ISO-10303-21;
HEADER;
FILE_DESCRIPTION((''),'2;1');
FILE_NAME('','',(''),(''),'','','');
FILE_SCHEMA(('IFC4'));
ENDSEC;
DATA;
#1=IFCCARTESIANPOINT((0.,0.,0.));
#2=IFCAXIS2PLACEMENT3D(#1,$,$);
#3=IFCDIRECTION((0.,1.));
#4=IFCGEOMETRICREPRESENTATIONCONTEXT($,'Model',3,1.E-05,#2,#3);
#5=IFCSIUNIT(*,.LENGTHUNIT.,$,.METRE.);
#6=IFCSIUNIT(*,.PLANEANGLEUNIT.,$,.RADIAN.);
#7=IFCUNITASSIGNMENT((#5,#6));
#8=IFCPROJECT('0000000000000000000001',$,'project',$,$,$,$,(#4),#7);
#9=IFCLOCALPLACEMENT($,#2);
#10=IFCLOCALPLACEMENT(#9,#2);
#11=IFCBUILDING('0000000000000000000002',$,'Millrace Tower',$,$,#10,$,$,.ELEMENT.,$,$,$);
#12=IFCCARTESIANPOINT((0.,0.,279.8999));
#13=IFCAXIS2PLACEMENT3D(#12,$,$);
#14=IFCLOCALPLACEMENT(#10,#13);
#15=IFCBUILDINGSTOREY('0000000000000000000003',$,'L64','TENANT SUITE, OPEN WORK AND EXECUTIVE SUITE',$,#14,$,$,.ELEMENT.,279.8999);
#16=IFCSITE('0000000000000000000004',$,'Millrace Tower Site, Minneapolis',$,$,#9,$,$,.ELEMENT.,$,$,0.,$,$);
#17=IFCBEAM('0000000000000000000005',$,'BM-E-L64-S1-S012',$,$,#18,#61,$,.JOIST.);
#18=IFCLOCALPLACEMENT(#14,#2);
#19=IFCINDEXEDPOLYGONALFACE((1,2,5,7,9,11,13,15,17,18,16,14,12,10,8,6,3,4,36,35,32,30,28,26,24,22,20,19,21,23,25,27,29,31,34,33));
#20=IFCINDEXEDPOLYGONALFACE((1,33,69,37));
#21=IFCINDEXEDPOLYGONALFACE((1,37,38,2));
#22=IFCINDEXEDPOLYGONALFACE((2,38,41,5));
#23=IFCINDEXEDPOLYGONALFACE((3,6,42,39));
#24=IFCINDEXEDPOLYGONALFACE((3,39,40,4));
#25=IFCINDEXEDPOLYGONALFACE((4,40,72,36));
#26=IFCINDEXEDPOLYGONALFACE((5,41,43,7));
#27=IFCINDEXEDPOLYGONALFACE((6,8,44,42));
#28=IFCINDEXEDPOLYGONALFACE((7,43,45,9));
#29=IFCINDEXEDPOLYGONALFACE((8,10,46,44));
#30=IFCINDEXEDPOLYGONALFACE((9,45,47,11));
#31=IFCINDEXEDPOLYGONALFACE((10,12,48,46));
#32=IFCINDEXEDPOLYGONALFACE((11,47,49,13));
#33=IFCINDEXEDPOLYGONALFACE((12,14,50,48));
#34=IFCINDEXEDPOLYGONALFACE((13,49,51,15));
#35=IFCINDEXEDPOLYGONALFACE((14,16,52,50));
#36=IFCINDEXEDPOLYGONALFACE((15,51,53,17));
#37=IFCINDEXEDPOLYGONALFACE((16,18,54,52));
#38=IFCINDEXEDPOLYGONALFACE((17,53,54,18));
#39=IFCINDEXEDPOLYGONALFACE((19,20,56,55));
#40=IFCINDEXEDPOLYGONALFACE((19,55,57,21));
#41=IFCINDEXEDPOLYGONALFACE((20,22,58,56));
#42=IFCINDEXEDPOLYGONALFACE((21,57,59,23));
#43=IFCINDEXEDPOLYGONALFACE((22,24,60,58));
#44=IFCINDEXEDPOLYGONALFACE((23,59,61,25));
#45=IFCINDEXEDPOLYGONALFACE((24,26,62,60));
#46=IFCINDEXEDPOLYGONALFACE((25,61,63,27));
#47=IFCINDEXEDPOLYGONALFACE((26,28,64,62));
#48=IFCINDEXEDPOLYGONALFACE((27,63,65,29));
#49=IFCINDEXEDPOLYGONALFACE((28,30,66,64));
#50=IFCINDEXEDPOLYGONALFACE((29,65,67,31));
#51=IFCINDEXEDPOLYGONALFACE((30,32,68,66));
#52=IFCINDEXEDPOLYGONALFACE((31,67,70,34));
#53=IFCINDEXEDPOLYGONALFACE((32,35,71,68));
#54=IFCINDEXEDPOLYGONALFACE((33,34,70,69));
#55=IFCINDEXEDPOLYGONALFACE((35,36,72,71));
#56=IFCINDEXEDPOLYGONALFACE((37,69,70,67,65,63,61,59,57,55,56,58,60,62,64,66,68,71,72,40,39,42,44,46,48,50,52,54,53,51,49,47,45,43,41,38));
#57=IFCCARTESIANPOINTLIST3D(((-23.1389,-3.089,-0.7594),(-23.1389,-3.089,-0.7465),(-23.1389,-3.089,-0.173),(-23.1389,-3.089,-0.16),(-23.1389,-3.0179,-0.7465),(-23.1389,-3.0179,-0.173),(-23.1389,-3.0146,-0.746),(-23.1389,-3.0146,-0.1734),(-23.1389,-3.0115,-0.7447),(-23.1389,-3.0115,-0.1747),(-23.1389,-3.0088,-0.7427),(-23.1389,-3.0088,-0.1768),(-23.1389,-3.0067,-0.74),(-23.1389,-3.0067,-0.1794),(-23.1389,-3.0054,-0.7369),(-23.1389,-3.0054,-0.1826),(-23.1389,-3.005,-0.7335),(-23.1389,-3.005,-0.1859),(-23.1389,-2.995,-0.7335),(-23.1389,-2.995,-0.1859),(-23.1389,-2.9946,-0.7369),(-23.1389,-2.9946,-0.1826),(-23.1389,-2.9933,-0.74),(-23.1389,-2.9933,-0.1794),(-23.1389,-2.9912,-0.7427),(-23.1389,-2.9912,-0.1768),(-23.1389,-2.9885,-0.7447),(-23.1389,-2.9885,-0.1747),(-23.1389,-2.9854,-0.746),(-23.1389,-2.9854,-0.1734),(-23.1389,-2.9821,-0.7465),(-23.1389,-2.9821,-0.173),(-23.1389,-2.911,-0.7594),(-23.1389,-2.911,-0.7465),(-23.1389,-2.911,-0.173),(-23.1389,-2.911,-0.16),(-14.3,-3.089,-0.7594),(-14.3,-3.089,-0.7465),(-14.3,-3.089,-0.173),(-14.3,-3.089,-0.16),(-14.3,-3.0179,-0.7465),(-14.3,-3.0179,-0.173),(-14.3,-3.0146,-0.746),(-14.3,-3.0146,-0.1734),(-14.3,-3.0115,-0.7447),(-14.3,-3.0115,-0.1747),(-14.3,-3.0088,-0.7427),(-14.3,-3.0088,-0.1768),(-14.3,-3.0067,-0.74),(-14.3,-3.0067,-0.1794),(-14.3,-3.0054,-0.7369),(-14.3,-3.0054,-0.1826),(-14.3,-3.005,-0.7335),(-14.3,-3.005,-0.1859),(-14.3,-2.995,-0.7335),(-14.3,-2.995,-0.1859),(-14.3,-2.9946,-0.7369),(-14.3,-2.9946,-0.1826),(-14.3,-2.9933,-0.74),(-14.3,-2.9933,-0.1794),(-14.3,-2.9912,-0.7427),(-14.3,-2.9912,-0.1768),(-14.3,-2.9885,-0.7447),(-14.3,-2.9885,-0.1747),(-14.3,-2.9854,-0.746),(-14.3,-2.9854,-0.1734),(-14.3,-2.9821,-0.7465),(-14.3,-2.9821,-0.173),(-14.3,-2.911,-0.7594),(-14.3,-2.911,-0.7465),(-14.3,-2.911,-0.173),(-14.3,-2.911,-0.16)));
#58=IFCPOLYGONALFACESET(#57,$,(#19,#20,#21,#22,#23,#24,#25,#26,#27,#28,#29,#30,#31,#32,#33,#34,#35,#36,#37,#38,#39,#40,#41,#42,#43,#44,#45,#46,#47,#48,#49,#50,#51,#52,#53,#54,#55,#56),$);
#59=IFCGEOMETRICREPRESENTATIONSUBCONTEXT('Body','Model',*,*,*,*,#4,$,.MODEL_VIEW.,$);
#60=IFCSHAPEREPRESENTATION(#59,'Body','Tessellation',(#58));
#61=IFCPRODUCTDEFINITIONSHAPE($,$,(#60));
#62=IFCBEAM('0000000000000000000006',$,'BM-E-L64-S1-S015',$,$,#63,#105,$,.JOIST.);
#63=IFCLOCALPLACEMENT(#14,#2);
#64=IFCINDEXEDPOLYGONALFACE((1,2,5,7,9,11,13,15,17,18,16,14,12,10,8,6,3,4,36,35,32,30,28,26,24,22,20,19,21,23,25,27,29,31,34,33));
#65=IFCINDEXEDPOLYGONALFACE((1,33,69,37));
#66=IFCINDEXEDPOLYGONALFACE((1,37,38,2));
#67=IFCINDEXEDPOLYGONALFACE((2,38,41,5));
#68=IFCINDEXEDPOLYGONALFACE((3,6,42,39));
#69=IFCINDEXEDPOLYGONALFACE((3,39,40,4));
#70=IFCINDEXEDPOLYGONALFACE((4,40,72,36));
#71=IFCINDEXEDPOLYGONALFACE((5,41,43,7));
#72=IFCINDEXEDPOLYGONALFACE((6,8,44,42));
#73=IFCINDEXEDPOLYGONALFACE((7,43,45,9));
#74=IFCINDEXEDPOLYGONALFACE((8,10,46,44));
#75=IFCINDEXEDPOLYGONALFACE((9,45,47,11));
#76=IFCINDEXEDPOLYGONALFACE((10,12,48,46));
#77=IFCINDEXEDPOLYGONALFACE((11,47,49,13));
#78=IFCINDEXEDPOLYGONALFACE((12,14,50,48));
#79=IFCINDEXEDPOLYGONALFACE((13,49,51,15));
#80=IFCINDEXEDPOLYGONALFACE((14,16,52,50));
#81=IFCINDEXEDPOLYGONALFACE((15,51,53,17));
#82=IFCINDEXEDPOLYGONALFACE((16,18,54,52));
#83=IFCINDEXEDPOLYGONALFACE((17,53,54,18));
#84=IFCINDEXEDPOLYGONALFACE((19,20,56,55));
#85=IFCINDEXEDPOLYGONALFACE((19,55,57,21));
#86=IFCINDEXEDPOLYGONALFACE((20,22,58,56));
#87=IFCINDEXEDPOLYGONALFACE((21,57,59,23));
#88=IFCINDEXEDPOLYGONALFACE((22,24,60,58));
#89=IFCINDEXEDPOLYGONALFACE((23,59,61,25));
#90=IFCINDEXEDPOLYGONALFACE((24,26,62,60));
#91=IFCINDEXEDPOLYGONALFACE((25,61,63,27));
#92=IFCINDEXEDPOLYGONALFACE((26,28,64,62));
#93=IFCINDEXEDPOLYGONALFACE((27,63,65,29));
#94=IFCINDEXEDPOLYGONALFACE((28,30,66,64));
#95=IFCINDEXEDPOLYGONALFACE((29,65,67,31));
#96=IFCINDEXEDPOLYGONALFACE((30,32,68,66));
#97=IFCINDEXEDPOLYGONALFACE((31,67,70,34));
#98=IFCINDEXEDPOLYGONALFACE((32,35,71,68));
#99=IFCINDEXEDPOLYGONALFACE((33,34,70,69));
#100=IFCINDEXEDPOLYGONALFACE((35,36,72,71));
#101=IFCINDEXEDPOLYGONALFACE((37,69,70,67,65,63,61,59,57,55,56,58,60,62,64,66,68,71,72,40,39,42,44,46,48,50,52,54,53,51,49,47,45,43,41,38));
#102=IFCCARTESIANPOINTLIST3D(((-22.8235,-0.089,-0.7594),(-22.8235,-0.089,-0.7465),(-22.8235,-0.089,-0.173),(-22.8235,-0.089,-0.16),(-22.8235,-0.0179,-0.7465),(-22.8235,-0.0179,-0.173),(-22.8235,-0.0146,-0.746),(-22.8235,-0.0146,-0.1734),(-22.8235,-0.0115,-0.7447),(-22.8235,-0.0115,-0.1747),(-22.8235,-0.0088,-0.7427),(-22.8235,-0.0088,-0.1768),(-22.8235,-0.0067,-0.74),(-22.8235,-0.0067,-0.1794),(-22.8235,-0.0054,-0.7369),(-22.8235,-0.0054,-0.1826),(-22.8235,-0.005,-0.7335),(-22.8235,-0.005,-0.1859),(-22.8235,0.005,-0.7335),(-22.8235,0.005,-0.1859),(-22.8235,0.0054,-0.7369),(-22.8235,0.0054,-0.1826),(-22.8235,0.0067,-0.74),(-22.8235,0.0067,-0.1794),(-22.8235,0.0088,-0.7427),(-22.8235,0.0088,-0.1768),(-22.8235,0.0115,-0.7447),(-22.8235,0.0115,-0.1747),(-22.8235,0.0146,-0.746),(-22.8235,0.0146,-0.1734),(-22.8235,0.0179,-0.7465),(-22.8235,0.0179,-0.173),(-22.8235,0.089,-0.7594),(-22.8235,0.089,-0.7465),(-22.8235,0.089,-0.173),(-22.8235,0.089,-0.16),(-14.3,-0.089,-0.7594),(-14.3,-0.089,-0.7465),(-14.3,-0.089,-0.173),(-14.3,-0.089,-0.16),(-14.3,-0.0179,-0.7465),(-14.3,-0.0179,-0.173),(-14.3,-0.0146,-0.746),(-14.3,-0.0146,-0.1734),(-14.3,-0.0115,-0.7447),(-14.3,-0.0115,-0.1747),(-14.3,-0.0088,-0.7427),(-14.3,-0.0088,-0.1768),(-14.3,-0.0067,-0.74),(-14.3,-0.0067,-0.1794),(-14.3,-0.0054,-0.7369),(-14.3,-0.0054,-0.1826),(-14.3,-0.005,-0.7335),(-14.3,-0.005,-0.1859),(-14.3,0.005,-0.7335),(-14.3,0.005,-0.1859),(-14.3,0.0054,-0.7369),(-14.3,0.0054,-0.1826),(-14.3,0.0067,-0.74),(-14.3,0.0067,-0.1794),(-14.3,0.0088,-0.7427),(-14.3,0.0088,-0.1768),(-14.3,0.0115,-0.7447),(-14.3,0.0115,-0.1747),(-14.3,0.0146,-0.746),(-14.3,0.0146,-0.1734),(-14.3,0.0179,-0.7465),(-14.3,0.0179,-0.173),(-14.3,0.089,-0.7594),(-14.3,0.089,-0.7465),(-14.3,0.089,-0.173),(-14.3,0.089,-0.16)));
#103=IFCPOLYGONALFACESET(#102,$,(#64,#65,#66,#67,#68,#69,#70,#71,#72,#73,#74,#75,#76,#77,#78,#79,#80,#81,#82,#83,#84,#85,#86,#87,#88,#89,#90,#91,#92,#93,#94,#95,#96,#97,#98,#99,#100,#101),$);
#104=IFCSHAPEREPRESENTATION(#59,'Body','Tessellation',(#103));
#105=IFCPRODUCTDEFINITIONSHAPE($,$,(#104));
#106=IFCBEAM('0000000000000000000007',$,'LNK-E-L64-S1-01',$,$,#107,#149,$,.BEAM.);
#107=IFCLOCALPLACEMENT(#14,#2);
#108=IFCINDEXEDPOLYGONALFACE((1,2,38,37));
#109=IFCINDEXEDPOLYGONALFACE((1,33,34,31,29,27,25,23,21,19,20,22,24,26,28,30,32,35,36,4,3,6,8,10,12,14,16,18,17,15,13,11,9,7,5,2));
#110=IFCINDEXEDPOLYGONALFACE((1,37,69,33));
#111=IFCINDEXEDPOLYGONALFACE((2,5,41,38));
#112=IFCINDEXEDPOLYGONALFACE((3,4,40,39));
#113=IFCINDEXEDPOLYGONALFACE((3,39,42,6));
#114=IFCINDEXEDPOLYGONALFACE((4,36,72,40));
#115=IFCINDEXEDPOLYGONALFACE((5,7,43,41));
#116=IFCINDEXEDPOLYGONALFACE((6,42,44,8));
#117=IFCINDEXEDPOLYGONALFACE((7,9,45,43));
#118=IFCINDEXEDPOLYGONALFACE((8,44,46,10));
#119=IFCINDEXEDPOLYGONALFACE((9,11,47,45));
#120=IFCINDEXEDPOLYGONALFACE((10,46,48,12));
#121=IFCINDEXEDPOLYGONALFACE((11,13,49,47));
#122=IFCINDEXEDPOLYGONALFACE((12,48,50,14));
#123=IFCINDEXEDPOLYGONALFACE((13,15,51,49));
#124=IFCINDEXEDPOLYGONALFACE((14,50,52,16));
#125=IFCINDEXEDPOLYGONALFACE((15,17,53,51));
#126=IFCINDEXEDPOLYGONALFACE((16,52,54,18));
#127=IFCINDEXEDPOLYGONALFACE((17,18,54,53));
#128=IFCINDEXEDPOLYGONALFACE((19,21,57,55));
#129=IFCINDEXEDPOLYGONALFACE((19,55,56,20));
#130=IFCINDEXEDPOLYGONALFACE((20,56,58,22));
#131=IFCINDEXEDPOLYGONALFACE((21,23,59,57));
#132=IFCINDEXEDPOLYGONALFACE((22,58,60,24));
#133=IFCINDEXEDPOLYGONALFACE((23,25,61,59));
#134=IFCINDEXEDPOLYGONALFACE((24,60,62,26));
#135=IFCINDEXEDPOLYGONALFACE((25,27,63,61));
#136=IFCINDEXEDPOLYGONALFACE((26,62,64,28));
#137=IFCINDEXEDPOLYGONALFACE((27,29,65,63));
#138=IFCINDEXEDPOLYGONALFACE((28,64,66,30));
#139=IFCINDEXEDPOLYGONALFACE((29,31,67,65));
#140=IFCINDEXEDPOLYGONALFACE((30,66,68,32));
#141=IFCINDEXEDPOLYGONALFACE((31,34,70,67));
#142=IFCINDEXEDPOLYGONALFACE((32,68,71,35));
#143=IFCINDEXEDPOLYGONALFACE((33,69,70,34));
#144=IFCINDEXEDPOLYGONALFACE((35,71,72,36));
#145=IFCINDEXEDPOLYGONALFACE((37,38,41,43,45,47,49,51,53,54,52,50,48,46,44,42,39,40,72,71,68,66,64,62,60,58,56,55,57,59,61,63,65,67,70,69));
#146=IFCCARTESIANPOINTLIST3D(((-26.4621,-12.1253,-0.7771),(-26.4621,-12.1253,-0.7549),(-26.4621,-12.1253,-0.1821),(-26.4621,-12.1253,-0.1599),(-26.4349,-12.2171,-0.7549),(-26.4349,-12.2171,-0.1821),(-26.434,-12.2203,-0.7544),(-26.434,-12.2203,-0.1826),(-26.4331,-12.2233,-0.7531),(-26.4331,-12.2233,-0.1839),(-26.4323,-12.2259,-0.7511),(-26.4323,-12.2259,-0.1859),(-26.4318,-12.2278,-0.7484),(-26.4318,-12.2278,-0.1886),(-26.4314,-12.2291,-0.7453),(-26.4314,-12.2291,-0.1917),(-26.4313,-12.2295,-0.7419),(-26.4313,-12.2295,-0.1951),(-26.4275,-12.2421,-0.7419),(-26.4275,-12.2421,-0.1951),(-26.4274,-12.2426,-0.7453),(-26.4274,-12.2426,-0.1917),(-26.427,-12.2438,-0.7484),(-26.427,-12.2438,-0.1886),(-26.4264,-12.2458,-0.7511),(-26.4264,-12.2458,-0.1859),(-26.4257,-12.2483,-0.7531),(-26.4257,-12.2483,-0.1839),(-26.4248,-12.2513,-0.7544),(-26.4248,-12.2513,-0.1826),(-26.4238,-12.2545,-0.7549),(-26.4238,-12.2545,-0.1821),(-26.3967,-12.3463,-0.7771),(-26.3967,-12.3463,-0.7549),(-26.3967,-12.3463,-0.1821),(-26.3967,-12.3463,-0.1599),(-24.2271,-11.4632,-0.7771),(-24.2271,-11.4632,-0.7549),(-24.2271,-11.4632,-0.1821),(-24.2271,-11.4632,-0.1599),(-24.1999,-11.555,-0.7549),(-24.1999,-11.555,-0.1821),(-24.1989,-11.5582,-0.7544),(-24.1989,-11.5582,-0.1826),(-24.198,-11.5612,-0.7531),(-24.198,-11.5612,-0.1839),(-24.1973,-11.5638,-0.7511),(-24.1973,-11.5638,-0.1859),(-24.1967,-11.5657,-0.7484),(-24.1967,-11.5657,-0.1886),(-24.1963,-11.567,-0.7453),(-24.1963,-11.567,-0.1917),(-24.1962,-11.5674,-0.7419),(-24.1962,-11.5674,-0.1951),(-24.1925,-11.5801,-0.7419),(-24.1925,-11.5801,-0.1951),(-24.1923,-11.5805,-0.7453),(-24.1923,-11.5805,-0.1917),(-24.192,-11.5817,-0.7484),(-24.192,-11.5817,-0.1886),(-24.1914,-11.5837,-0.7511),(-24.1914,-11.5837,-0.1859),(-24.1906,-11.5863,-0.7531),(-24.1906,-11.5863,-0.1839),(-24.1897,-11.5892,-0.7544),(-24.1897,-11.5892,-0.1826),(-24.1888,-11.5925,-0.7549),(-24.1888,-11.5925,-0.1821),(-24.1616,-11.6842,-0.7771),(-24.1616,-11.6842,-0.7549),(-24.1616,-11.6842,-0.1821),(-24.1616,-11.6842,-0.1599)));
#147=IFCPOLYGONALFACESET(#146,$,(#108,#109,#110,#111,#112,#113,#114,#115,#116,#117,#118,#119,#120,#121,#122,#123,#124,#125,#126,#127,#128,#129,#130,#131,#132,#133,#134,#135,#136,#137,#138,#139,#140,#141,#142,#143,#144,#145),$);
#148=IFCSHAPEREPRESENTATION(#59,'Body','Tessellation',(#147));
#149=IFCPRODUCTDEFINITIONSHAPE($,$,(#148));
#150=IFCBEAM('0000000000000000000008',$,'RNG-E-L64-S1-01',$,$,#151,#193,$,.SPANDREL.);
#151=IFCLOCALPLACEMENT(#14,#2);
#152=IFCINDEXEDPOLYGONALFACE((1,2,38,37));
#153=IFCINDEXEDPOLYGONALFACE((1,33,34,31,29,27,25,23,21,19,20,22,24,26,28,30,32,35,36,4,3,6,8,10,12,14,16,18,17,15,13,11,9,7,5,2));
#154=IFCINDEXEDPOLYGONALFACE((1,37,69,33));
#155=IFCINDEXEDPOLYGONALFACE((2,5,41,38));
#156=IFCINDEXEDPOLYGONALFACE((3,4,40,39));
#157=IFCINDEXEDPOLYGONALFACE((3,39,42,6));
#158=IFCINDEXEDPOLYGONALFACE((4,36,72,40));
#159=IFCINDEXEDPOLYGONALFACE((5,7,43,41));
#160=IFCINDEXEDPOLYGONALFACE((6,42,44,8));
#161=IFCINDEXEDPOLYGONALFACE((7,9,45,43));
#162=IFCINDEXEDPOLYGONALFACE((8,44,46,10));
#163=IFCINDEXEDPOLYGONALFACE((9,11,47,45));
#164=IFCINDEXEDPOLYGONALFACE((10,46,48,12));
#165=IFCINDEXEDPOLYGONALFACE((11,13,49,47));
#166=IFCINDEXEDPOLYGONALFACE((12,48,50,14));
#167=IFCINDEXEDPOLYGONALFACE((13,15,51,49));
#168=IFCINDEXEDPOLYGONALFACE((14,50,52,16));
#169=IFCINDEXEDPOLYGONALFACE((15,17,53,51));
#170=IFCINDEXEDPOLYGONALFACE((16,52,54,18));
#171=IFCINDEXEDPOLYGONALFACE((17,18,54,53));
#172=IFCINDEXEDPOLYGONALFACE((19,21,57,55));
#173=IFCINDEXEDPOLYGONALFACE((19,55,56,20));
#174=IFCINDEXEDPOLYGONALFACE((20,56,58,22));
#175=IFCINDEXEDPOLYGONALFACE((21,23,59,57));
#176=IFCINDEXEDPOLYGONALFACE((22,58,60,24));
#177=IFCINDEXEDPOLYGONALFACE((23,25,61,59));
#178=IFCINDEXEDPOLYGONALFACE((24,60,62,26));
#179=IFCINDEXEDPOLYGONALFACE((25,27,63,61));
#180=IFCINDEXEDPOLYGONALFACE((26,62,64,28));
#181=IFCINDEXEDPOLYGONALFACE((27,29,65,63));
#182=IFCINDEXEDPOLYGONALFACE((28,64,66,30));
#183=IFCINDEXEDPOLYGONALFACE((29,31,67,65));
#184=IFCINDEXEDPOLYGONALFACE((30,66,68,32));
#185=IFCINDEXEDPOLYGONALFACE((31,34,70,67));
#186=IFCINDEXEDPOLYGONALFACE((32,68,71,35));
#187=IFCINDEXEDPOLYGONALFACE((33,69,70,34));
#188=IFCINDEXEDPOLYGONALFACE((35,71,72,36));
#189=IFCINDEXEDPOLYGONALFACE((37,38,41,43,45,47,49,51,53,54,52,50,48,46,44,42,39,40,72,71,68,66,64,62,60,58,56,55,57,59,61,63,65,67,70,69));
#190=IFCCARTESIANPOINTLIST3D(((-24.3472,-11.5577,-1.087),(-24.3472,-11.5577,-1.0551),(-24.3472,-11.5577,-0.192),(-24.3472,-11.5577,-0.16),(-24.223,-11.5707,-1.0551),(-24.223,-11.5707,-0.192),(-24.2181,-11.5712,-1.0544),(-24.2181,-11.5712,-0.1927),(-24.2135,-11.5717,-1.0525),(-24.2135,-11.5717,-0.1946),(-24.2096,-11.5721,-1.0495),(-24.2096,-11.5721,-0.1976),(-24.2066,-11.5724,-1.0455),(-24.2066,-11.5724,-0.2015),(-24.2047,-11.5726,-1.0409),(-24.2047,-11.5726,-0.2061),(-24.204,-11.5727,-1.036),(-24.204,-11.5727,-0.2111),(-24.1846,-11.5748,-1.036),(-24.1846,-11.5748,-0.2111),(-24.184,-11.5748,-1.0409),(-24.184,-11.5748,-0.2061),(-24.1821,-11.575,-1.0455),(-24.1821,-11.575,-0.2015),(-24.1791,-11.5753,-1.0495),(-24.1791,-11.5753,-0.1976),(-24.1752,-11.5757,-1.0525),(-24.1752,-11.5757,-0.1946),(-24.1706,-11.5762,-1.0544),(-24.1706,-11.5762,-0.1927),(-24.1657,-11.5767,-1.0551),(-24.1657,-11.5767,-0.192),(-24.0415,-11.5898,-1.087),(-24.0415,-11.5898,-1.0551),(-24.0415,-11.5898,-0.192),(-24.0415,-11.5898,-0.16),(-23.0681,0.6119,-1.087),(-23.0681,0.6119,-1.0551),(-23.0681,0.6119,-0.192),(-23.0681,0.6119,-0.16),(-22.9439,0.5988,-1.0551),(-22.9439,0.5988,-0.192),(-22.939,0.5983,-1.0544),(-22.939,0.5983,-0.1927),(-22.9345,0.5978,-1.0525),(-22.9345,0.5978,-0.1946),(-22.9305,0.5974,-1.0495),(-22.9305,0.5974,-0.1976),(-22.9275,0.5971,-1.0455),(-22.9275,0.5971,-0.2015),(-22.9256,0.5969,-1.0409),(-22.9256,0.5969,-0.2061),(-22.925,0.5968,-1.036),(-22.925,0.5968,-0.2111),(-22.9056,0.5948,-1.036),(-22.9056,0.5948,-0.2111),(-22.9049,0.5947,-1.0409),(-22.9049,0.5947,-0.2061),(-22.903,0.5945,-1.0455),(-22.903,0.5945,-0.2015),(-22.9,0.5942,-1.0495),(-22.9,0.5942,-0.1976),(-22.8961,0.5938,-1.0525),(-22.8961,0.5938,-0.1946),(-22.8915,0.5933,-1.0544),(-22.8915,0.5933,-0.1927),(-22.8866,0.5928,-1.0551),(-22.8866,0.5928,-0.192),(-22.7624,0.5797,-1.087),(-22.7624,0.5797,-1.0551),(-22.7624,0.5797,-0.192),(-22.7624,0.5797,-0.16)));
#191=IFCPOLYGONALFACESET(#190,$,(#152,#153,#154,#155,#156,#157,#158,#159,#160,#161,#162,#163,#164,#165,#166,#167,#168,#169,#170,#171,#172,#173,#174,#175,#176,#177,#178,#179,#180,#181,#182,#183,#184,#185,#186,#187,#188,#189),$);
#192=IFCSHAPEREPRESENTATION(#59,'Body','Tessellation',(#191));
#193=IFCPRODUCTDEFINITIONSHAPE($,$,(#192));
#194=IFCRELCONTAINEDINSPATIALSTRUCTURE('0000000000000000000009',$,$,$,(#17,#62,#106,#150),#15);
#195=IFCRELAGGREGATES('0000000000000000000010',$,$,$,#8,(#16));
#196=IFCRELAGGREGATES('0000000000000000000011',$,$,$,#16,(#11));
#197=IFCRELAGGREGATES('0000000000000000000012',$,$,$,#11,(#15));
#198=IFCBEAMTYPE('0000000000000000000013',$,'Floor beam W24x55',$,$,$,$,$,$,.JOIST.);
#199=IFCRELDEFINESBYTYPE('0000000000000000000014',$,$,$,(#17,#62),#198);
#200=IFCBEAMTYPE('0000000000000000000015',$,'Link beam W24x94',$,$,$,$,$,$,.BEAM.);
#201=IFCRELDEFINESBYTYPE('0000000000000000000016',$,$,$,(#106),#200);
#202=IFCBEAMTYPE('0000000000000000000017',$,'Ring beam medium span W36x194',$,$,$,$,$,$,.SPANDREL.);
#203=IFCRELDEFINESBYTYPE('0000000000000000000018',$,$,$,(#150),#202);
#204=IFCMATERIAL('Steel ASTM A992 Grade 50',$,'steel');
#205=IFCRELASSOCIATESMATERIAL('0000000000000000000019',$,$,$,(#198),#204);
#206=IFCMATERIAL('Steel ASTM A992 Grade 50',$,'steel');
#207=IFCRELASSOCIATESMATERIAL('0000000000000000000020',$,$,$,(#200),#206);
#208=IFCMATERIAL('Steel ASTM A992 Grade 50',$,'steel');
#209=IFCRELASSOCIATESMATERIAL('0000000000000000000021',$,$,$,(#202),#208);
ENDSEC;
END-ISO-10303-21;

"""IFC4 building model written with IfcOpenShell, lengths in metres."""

from ifc_helpers import new_model, si_unit, direction, frame, origin, origin_2d, place, context, subcontext, project, spatial, i_section, extrude, material, material_profile, profile_set, type_object, element, save


model = new_model("IFC4")

# Units and contexts
model_context = context("Model", 3, precision=1e-05, world=origin(), true_north=direction((0.0, 1.0)))
body_context = subcontext(model_context, "Body", "Model", "MODEL_VIEW")
ifc_project = project(units=[si_unit("LENGTHUNIT", "METRE"), si_unit("PLANEANGLEUNIT", "RADIAN")], contexts=[model_context])

# Site, building, storey
site_placement = place(None, origin())
site = spatial("IfcSite", under=ifc_project, at=site_placement, Name="Millrace Tower Site, Minneapolis", CompositionType="ELEMENT", RefElevation=0.0)
building_placement = place(site_placement, origin())
building = spatial("IfcBuilding", under=site, at=building_placement, Name="Millrace Tower", CompositionType="ELEMENT")
storey_placement = place(building_placement, frame((0.0, 0.0, 279.8999)))
storey = spatial("IfcBuildingStorey", under=building, at=storey_placement, Name="L64", Description="TENANT SUITE, OPEN WORK AND EXECUTIVE SUITE", CompositionType="ELEMENT", Elevation=279.8999)

# Beams
ifc_material_1 = material(Name="Steel ASTM A992 Grade 50", Category="steel")
ifc_material_profile_1 = material_profile(ifc_material_1, i_section(OverallWidth=0.178, OverallDepth=0.5994, WebThickness=0.01, FlangeThickness=0.0129, FilletRadius=0.0129, at=origin_2d()))
ifc_profile_set_1 = profile_set([ifc_material_profile_1], Name="Steel ASTM A992 Grade 50")
beam_type_1 = type_object("IfcBeamType", Name="Floor beam W24x55", PredefinedType="JOIST", material=ifc_profile_set_1)
beam_1_placement = place(storey_placement, frame((-23.1389, -3.0, -0.4597), z_axis=(1.0, 0.0, 0.0), x_axis=(0.0, 1.0, 0.0)))
element("IfcBeam", 1, at=beam_1_placement, inside=storey, type_object=beam_type_1, Name="BM-E-L64-S1-S012", PredefinedType="JOIST", context=body_context, shape_type="SweptSolid", body=[
    extrude(i_section(OverallWidth=0.178, OverallDepth=0.5994, WebThickness=0.01, FlangeThickness=0.0129, FilletRadius=0.0129, at=origin_2d()), origin(), (0.0, 0.0, 1.0), 8.8389),
])
beam_2_placement = place(storey_placement, frame((-22.8235, 0.0, -0.4597), z_axis=(1.0, 0.0, 0.0), x_axis=(0.0, 1.0, 0.0)))
element("IfcBeam", 2, at=beam_2_placement, inside=storey, type_object=beam_type_1, Name="BM-E-L64-S1-S015", PredefinedType="JOIST", context=body_context, shape_type="SweptSolid", body=[
    extrude(i_section(OverallWidth=0.178, OverallDepth=0.5994, WebThickness=0.01, FlangeThickness=0.0129, FilletRadius=0.0129, at=origin_2d()), origin(), (0.0, 0.0, 1.0), 8.5234),
])
ifc_material_2 = material(Name="Steel ASTM A992 Grade 50", Category="steel")
ifc_material_profile_2 = material_profile(ifc_material_2, i_section(OverallWidth=0.2305, OverallDepth=0.6172, WebThickness=0.0132, FlangeThickness=0.0222, FilletRadius=0.0129, at=origin_2d()))
ifc_profile_set_2 = profile_set([ifc_material_profile_2], Name="Steel ASTM A992 Grade 50")
beam_type_2 = type_object("IfcBeamType", Name="Link beam W24x94", PredefinedType="BEAM", material=ifc_profile_set_2)
beam_3_placement = place(storey_placement, frame((-24.1943, -11.5737, -0.4685), z_axis=(-0.958815, -0.284031, 0.0), x_axis=(0.284031, -0.958815, 0.0)))
element("IfcBeam", 3, at=beam_3_placement, inside=storey, type_object=beam_type_2, Name="LNK-E-L64-S1-01", PredefinedType="BEAM", context=body_context, shape_type="SweptSolid", body=[
    extrude(i_section(OverallWidth=0.2305, OverallDepth=0.6172, WebThickness=0.0132, FlangeThickness=0.0222, FilletRadius=0.0129, at=origin_2d()), origin(), (0.0, 0.0, 1.0), 2.3311),
])
ifc_material_3 = material(Name="Steel ASTM A992 Grade 50", Category="steel")
ifc_material_profile_3 = material_profile(ifc_material_3, i_section(OverallWidth=0.3074, OverallDepth=0.927, WebThickness=0.0195, FlangeThickness=0.032, FilletRadius=0.019, at=origin_2d()))
ifc_profile_set_3 = profile_set([ifc_material_profile_3], Name="Steel ASTM A992 Grade 50")
beam_type_3 = type_object("IfcBeamType", Name="Ring beam medium span W36x194", PredefinedType="SPANDREL", material=ifc_profile_set_3)
beam_4_placement = place(storey_placement, frame((-24.1943, -11.5737, -0.6235), z_axis=(0.104528, 0.994522, 0.0), x_axis=(-0.994522, 0.104528, 0.0)))
element("IfcBeam", 4, at=beam_4_placement, inside=storey, type_object=beam_type_3, Name="RNG-E-L64-S1-01", PredefinedType="SPANDREL", context=body_context, shape_type="SweptSolid", body=[
    extrude(i_section(OverallWidth=0.3074, OverallDepth=0.927, WebThickness=0.0195, FlangeThickness=0.032, FilletRadius=0.019, at=origin_2d()), origin(), (0.0, 0.0, 1.0), 12.2366),
])

save(model, "model.ifc")
